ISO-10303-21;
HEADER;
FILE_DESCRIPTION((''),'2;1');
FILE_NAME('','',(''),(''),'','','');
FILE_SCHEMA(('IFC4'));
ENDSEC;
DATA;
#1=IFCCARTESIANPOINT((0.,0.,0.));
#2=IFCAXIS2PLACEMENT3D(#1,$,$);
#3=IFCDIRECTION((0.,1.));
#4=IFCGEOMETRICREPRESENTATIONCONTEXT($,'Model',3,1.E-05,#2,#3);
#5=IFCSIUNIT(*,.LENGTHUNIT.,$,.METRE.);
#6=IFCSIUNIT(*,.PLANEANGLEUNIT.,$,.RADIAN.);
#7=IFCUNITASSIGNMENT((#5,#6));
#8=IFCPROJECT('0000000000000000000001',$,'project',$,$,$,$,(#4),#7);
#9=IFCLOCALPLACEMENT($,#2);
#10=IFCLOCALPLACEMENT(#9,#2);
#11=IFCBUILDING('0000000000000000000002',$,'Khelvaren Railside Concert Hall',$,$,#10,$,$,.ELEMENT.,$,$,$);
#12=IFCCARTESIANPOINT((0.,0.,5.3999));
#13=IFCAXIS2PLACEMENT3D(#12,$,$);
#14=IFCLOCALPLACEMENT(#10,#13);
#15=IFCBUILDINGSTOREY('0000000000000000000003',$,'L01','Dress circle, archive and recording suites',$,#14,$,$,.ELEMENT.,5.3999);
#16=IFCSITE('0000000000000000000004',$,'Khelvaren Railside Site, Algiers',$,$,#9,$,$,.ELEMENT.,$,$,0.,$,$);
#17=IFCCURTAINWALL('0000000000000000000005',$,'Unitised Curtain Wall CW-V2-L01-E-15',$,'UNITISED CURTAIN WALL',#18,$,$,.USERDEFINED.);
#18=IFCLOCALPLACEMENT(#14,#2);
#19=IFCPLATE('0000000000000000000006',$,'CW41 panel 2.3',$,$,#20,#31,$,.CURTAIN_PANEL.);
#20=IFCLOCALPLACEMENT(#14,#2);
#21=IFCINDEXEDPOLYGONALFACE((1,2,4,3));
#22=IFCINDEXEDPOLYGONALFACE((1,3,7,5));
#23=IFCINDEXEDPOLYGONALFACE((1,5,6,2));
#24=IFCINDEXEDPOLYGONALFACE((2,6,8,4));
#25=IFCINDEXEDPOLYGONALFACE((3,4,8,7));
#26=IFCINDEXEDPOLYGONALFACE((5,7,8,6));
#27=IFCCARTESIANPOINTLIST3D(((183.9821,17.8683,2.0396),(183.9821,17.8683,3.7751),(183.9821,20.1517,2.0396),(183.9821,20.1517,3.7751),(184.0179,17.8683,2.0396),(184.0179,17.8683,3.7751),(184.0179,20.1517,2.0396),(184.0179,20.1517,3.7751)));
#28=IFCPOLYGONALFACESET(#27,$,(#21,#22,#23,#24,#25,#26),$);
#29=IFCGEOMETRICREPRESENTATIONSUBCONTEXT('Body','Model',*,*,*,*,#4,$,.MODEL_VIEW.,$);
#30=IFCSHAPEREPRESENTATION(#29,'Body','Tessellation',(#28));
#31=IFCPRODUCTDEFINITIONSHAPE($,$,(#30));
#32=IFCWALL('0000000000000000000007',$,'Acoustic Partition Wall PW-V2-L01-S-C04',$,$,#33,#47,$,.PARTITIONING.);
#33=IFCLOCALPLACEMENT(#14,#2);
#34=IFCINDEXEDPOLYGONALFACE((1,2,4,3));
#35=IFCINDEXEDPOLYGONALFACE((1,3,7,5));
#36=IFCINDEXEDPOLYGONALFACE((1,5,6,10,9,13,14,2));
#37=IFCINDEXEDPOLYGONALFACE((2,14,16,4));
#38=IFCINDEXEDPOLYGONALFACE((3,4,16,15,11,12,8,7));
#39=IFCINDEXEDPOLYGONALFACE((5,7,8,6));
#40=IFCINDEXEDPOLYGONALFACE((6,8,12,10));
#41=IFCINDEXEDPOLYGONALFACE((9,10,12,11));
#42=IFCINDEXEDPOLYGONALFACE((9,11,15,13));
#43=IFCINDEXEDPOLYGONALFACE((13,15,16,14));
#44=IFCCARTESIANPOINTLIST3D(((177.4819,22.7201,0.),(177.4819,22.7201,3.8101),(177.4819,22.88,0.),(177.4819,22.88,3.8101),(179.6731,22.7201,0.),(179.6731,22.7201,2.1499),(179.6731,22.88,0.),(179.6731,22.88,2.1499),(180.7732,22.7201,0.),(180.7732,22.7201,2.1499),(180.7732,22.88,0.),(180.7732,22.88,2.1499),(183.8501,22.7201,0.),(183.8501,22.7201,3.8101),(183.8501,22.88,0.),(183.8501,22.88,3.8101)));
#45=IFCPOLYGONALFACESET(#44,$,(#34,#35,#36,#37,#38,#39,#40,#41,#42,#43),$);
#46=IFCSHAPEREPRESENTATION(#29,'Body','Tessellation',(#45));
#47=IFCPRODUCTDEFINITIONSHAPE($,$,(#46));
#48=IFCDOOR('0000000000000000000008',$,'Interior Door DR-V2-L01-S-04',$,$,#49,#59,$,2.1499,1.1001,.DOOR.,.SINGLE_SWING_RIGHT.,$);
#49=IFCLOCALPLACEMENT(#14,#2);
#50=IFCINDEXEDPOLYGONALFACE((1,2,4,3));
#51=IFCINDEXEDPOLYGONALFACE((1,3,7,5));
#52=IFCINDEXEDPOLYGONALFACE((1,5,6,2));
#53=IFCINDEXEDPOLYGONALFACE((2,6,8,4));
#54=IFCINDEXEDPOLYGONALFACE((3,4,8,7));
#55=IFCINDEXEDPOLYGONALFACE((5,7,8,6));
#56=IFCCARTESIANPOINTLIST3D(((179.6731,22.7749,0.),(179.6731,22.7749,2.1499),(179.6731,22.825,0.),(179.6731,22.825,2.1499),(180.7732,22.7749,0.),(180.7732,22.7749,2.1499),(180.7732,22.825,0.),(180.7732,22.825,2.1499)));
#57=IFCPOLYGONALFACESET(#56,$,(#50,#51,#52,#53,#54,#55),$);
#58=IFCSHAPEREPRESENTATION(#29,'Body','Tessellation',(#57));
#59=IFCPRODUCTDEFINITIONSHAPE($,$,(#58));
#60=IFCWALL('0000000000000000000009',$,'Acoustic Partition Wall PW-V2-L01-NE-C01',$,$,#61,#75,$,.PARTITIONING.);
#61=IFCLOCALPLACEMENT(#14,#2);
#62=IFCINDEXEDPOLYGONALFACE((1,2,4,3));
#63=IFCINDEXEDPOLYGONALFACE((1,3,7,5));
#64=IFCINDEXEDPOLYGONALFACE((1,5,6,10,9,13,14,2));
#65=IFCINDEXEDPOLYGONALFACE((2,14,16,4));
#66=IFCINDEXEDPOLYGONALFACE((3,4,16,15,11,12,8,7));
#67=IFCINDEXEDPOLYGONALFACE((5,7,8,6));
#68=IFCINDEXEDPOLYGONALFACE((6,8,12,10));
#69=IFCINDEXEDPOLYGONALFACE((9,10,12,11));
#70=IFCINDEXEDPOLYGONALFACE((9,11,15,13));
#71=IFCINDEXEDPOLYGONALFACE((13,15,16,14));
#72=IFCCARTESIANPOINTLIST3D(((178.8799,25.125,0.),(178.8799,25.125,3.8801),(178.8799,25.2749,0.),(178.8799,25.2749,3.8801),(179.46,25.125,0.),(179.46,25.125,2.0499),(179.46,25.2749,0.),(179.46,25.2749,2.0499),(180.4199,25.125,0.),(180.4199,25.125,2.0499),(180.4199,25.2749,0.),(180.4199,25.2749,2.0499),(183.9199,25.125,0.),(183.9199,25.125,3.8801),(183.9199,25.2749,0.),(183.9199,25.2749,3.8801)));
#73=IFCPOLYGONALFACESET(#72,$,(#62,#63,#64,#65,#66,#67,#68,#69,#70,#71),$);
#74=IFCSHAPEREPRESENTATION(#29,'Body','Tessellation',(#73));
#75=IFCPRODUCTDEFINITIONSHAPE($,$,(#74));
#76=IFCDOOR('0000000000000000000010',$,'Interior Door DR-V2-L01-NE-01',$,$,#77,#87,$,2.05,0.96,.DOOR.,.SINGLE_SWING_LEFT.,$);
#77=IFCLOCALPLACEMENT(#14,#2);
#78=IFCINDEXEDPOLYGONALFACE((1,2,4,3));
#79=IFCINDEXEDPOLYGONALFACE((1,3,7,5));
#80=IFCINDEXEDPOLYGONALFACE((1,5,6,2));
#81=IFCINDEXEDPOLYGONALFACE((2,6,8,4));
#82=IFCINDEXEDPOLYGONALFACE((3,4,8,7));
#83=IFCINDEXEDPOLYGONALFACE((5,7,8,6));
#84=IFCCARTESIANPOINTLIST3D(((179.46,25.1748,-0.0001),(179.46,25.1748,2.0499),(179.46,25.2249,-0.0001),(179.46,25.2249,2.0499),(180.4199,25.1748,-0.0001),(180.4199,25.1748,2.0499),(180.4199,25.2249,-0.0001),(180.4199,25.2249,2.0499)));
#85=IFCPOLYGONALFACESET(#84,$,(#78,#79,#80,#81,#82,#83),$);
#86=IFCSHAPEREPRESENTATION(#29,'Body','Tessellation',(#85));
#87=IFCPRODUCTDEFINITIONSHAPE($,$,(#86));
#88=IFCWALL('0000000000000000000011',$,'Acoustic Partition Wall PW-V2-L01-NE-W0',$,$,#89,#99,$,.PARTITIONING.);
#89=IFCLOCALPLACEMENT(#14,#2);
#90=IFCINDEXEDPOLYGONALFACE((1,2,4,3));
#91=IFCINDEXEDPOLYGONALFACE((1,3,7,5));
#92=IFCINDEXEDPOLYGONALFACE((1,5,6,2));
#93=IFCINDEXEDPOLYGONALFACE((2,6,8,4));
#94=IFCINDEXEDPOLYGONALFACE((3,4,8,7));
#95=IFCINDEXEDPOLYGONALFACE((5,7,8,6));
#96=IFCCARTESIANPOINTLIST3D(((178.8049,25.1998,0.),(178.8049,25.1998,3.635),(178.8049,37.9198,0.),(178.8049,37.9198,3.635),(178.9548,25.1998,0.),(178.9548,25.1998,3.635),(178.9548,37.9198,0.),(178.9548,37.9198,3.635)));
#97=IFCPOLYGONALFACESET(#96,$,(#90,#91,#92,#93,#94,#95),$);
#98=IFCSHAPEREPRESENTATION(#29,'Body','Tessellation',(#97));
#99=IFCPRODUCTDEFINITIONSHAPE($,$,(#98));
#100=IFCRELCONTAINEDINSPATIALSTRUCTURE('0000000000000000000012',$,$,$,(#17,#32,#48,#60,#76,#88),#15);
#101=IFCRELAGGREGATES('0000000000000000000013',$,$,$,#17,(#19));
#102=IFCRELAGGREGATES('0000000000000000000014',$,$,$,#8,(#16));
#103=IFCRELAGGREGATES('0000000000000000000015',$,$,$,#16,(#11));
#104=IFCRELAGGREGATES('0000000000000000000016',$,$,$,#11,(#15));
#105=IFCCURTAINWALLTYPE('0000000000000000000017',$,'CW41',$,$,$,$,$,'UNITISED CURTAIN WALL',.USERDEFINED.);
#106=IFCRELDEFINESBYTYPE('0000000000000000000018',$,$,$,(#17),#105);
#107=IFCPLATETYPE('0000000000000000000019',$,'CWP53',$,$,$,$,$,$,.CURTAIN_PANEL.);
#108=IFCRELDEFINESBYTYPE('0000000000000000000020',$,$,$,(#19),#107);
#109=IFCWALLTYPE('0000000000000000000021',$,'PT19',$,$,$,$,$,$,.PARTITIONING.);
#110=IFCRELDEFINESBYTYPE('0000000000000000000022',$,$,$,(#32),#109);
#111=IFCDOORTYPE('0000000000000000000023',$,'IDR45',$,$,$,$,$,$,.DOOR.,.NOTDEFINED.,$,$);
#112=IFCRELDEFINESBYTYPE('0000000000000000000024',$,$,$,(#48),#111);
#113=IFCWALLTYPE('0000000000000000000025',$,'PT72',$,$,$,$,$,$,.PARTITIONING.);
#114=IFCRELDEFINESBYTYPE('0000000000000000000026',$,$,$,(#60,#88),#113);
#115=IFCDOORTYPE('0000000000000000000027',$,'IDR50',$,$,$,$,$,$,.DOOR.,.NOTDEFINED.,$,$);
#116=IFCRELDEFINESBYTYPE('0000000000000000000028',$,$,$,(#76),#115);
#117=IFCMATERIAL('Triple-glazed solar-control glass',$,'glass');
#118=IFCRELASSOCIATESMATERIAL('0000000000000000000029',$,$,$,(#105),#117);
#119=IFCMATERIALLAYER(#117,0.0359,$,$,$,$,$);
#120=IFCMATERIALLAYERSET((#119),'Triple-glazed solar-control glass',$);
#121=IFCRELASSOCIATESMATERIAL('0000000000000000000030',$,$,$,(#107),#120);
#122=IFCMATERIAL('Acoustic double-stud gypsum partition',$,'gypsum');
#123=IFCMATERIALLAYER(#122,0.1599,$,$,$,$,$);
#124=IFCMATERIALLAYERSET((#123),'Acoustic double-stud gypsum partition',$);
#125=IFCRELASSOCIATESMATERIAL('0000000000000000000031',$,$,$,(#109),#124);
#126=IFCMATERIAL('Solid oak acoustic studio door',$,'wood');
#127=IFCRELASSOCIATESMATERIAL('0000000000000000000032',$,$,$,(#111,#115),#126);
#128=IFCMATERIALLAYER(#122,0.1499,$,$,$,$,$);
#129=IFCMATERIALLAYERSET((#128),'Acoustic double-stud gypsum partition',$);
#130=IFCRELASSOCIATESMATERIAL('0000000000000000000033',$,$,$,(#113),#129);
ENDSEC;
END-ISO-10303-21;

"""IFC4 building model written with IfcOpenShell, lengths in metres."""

from ifc_helpers import new_model, si_unit, direction, frame, frame_2d, origin, origin_2d, place, context, subcontext, project, spatial, rectangle, extrude, material, layer, layer_set, type_object, element, fill, aggregate, save


model = new_model("IFC4")

# Units and contexts
model_context = context("Model", 3, precision=1e-05, world=origin(), true_north=direction((0.0, 1.0)))
body_context = subcontext(model_context, "Body", "Model", "MODEL_VIEW")
ifc_project = project(units=[si_unit("LENGTHUNIT", "METRE"), si_unit("PLANEANGLEUNIT", "RADIAN")], contexts=[model_context])

# Site, building, storey
site_placement = place(None, origin())
site = spatial("IfcSite", under=ifc_project, at=site_placement, Name="Khelvaren Railside Site, Algiers", CompositionType="ELEMENT", RefElevation=0.0)
building_placement = place(site_placement, origin())
building = spatial("IfcBuilding", under=site, at=building_placement, Name="Khelvaren Railside Concert Hall", CompositionType="ELEMENT")
storey_placement = place(building_placement, frame((0.0, 0.0, 5.3999)))
storey = spatial("IfcBuildingStorey", under=building, at=storey_placement, Name="L01", Description="Dress circle, archive and recording suites", CompositionType="ELEMENT", Elevation=5.3999)

# Curtain wall
ifc_material_1 = material(Name="Triple-glazed solar-control glass", Category="glass")
curtain_wall_type = type_object("IfcCurtainWallType", Name="CW41", ElementType="UNITISED CURTAIN WALL", PredefinedType="USERDEFINED", material=ifc_material_1)
curtain_wall_placement = place(storey_placement, origin())
curtain_wall = element("IfcCurtainWall", 1, at=curtain_wall_placement, inside=storey, type_object=curtain_wall_type, Name="Unitised Curtain Wall CW-V2-L01-E-15", ObjectType="UNITISED CURTAIN WALL", PredefinedType="USERDEFINED")

# Plate
ifc_layer_1 = layer(ifc_material_1, 0.0359)
ifc_layer_set_1 = layer_set([ifc_layer_1], Name="Triple-glazed solar-control glass")
plate_type = type_object("IfcPlateType", Name="CWP53", PredefinedType="CURTAIN_PANEL", material=ifc_layer_set_1)
plate_1_placement = place(storey_placement, frame((184.0, 19.01, 2.0396), z_axis=(0.0, 0.0, 1.0), x_axis=(0.0, -1.0, 0.0)))
plate_1 = element("IfcPlate", 2, at=plate_1_placement, type_object=plate_type, Name="CW41 panel 2.3", PredefinedType="CURTAIN_PANEL", context=body_context, shape_type="SweptSolid", body=[
    extrude(rectangle(XDim=2.2834, YDim=0.0359, at=origin_2d()), origin(), (0.0, 0.0, 1.0), 1.7356),
])
aggregate(curtain_wall, [plate_1])

# Walls, openings, doors
ifc_material_2 = material(Name="Acoustic double-stud gypsum partition", Category="gypsum")
ifc_layer_2 = layer(ifc_material_2, 0.1599)
ifc_layer_set_2 = layer_set([ifc_layer_2], Name="Acoustic double-stud gypsum partition")
wall_type_1 = type_object("IfcWallType", Name="PT19", PredefinedType="PARTITIONING", material=ifc_layer_set_2)
wall_1_placement = place(storey_placement, frame((177.4819, 22.8, 0.0), z_axis=(0.0, 0.0, 1.0), x_axis=(1.0, 0.0, 0.0)))
wall_1 = element("IfcWall", 3, at=wall_1_placement, inside=storey, type_object=wall_type_1, Name="Acoustic Partition Wall PW-V2-L01-S-C04", PredefinedType="PARTITIONING", context=body_context, shape_type="SweptSolid", body=[
    extrude(rectangle(XDim=6.3682, YDim=0.1599, at=frame_2d((3.1841, 0.0))), origin(), (0.0, 0.0, 1.0), 3.8101),
])
opening_1_placement = place(wall_1_placement, frame((2.1912, 0.0, 0.0)))
opening_1 = element("IfcOpeningElement", 4, at=opening_1_placement, cuts=wall_1, PredefinedType="OPENING", context=body_context, shape_type="SweptSolid", body=[
    extrude(rectangle(XDim=1.1001, YDim=2.1499, at=frame_2d((0.55, 1.075))), frame((0.0, 0.0898, 0.0), z_axis=(0.0, -1.0, 0.0), x_axis=(1.0, 0.0, 0.0)), (0.0, 0.0, 1.0), 0.1799),
])
ifc_material_3 = material(Name="Solid oak acoustic studio door", Category="wood")
door_type_1 = type_object("IfcDoorType", Name="IDR45", OperationType="NOTDEFINED", PredefinedType="DOOR", material=ifc_material_3)
door_1_placement = place(opening_1_placement, origin())
door_1 = element("IfcDoor", 5, at=door_1_placement, inside=storey, type_object=door_type_1, Name="Interior Door DR-V2-L01-S-04", OperationType="SINGLE_SWING_RIGHT", OverallHeight=2.1499, OverallWidth=1.1001, PredefinedType="DOOR", context=body_context, shape_type="SweptSolid", body=[
    extrude(rectangle(XDim=1.1001, YDim=2.1499, at=frame_2d((0.55, 1.075))), frame((0.0, 0.0249, 0.0), z_axis=(0.0, -1.0, 0.0), x_axis=(1.0, 0.0, 0.0)), (0.0, 0.0, 1.0), 0.05),
])
fill(opening_1, door_1)
ifc_layer_3 = layer(ifc_material_2, 0.1499)
ifc_layer_set_3 = layer_set([ifc_layer_3], Name="Acoustic double-stud gypsum partition")
wall_type_2 = type_object("IfcWallType", Name="PT72", PredefinedType="PARTITIONING", material=ifc_layer_set_3)
wall_2_placement = place(storey_placement, frame((178.8799, 25.2, 0.0), z_axis=(0.0, 0.0, 1.0), x_axis=(1.0, 0.0, 0.0)))
wall_2 = element("IfcWall", 6, at=wall_2_placement, inside=storey, type_object=wall_type_2, Name="Acoustic Partition Wall PW-V2-L01-NE-C01", PredefinedType="PARTITIONING", context=body_context, shape_type="SweptSolid", body=[
    extrude(rectangle(XDim=5.04, YDim=0.1499, at=frame_2d((2.52, 0.0))), origin(), (0.0, 0.0, 1.0), 3.8801),
])
opening_2_placement = place(wall_2_placement, frame((0.5801, 0.0, 0.0)))
opening_2 = element("IfcOpeningElement", 7, at=opening_2_placement, cuts=wall_2, PredefinedType="OPENING", context=body_context, shape_type="SweptSolid", body=[
    extrude(rectangle(XDim=0.96, YDim=2.05, at=frame_2d((0.48, 1.0249))), frame((0.0, 0.085, 0.0), z_axis=(0.0, -1.0, 0.0), x_axis=(1.0, 0.0, 0.0)), (0.0, 0.0, 1.0), 0.1699),
])
door_type_2 = type_object("IfcDoorType", Name="IDR50", OperationType="NOTDEFINED", PredefinedType="DOOR", material=ifc_material_3)
door_2_placement = place(opening_2_placement, origin())
door_2 = element("IfcDoor", 8, at=door_2_placement, inside=storey, type_object=door_type_2, Name="Interior Door DR-V2-L01-NE-01", OperationType="SINGLE_SWING_LEFT", OverallHeight=2.05, OverallWidth=0.96, PredefinedType="DOOR", context=body_context, shape_type="SweptSolid", body=[
    extrude(rectangle(XDim=0.96, YDim=2.05, at=frame_2d((0.48, 1.0249))), frame((0.0, 0.0249, 0.0), z_axis=(0.0, -1.0, 0.0), x_axis=(1.0, 0.0, 0.0)), (0.0, 0.0, 1.0), 0.05),
])
fill(opening_2, door_2)

# Wall
wall_3_placement = place(storey_placement, frame((178.8799, 25.2, 0.0), z_axis=(0.0, 0.0, 1.0), x_axis=(0.0, 1.0, 0.0)))
element("IfcWall", 9, at=wall_3_placement, inside=storey, type_object=wall_type_2, Name="Acoustic Partition Wall PW-V2-L01-NE-W0", PredefinedType="PARTITIONING", context=body_context, shape_type="SweptSolid", body=[
    extrude(rectangle(XDim=12.72, YDim=0.1499, at=frame_2d((6.3599, 0.0))), origin(), (0.0, 0.0, 1.0), 3.635),
])

save(model, "model.ifc")
